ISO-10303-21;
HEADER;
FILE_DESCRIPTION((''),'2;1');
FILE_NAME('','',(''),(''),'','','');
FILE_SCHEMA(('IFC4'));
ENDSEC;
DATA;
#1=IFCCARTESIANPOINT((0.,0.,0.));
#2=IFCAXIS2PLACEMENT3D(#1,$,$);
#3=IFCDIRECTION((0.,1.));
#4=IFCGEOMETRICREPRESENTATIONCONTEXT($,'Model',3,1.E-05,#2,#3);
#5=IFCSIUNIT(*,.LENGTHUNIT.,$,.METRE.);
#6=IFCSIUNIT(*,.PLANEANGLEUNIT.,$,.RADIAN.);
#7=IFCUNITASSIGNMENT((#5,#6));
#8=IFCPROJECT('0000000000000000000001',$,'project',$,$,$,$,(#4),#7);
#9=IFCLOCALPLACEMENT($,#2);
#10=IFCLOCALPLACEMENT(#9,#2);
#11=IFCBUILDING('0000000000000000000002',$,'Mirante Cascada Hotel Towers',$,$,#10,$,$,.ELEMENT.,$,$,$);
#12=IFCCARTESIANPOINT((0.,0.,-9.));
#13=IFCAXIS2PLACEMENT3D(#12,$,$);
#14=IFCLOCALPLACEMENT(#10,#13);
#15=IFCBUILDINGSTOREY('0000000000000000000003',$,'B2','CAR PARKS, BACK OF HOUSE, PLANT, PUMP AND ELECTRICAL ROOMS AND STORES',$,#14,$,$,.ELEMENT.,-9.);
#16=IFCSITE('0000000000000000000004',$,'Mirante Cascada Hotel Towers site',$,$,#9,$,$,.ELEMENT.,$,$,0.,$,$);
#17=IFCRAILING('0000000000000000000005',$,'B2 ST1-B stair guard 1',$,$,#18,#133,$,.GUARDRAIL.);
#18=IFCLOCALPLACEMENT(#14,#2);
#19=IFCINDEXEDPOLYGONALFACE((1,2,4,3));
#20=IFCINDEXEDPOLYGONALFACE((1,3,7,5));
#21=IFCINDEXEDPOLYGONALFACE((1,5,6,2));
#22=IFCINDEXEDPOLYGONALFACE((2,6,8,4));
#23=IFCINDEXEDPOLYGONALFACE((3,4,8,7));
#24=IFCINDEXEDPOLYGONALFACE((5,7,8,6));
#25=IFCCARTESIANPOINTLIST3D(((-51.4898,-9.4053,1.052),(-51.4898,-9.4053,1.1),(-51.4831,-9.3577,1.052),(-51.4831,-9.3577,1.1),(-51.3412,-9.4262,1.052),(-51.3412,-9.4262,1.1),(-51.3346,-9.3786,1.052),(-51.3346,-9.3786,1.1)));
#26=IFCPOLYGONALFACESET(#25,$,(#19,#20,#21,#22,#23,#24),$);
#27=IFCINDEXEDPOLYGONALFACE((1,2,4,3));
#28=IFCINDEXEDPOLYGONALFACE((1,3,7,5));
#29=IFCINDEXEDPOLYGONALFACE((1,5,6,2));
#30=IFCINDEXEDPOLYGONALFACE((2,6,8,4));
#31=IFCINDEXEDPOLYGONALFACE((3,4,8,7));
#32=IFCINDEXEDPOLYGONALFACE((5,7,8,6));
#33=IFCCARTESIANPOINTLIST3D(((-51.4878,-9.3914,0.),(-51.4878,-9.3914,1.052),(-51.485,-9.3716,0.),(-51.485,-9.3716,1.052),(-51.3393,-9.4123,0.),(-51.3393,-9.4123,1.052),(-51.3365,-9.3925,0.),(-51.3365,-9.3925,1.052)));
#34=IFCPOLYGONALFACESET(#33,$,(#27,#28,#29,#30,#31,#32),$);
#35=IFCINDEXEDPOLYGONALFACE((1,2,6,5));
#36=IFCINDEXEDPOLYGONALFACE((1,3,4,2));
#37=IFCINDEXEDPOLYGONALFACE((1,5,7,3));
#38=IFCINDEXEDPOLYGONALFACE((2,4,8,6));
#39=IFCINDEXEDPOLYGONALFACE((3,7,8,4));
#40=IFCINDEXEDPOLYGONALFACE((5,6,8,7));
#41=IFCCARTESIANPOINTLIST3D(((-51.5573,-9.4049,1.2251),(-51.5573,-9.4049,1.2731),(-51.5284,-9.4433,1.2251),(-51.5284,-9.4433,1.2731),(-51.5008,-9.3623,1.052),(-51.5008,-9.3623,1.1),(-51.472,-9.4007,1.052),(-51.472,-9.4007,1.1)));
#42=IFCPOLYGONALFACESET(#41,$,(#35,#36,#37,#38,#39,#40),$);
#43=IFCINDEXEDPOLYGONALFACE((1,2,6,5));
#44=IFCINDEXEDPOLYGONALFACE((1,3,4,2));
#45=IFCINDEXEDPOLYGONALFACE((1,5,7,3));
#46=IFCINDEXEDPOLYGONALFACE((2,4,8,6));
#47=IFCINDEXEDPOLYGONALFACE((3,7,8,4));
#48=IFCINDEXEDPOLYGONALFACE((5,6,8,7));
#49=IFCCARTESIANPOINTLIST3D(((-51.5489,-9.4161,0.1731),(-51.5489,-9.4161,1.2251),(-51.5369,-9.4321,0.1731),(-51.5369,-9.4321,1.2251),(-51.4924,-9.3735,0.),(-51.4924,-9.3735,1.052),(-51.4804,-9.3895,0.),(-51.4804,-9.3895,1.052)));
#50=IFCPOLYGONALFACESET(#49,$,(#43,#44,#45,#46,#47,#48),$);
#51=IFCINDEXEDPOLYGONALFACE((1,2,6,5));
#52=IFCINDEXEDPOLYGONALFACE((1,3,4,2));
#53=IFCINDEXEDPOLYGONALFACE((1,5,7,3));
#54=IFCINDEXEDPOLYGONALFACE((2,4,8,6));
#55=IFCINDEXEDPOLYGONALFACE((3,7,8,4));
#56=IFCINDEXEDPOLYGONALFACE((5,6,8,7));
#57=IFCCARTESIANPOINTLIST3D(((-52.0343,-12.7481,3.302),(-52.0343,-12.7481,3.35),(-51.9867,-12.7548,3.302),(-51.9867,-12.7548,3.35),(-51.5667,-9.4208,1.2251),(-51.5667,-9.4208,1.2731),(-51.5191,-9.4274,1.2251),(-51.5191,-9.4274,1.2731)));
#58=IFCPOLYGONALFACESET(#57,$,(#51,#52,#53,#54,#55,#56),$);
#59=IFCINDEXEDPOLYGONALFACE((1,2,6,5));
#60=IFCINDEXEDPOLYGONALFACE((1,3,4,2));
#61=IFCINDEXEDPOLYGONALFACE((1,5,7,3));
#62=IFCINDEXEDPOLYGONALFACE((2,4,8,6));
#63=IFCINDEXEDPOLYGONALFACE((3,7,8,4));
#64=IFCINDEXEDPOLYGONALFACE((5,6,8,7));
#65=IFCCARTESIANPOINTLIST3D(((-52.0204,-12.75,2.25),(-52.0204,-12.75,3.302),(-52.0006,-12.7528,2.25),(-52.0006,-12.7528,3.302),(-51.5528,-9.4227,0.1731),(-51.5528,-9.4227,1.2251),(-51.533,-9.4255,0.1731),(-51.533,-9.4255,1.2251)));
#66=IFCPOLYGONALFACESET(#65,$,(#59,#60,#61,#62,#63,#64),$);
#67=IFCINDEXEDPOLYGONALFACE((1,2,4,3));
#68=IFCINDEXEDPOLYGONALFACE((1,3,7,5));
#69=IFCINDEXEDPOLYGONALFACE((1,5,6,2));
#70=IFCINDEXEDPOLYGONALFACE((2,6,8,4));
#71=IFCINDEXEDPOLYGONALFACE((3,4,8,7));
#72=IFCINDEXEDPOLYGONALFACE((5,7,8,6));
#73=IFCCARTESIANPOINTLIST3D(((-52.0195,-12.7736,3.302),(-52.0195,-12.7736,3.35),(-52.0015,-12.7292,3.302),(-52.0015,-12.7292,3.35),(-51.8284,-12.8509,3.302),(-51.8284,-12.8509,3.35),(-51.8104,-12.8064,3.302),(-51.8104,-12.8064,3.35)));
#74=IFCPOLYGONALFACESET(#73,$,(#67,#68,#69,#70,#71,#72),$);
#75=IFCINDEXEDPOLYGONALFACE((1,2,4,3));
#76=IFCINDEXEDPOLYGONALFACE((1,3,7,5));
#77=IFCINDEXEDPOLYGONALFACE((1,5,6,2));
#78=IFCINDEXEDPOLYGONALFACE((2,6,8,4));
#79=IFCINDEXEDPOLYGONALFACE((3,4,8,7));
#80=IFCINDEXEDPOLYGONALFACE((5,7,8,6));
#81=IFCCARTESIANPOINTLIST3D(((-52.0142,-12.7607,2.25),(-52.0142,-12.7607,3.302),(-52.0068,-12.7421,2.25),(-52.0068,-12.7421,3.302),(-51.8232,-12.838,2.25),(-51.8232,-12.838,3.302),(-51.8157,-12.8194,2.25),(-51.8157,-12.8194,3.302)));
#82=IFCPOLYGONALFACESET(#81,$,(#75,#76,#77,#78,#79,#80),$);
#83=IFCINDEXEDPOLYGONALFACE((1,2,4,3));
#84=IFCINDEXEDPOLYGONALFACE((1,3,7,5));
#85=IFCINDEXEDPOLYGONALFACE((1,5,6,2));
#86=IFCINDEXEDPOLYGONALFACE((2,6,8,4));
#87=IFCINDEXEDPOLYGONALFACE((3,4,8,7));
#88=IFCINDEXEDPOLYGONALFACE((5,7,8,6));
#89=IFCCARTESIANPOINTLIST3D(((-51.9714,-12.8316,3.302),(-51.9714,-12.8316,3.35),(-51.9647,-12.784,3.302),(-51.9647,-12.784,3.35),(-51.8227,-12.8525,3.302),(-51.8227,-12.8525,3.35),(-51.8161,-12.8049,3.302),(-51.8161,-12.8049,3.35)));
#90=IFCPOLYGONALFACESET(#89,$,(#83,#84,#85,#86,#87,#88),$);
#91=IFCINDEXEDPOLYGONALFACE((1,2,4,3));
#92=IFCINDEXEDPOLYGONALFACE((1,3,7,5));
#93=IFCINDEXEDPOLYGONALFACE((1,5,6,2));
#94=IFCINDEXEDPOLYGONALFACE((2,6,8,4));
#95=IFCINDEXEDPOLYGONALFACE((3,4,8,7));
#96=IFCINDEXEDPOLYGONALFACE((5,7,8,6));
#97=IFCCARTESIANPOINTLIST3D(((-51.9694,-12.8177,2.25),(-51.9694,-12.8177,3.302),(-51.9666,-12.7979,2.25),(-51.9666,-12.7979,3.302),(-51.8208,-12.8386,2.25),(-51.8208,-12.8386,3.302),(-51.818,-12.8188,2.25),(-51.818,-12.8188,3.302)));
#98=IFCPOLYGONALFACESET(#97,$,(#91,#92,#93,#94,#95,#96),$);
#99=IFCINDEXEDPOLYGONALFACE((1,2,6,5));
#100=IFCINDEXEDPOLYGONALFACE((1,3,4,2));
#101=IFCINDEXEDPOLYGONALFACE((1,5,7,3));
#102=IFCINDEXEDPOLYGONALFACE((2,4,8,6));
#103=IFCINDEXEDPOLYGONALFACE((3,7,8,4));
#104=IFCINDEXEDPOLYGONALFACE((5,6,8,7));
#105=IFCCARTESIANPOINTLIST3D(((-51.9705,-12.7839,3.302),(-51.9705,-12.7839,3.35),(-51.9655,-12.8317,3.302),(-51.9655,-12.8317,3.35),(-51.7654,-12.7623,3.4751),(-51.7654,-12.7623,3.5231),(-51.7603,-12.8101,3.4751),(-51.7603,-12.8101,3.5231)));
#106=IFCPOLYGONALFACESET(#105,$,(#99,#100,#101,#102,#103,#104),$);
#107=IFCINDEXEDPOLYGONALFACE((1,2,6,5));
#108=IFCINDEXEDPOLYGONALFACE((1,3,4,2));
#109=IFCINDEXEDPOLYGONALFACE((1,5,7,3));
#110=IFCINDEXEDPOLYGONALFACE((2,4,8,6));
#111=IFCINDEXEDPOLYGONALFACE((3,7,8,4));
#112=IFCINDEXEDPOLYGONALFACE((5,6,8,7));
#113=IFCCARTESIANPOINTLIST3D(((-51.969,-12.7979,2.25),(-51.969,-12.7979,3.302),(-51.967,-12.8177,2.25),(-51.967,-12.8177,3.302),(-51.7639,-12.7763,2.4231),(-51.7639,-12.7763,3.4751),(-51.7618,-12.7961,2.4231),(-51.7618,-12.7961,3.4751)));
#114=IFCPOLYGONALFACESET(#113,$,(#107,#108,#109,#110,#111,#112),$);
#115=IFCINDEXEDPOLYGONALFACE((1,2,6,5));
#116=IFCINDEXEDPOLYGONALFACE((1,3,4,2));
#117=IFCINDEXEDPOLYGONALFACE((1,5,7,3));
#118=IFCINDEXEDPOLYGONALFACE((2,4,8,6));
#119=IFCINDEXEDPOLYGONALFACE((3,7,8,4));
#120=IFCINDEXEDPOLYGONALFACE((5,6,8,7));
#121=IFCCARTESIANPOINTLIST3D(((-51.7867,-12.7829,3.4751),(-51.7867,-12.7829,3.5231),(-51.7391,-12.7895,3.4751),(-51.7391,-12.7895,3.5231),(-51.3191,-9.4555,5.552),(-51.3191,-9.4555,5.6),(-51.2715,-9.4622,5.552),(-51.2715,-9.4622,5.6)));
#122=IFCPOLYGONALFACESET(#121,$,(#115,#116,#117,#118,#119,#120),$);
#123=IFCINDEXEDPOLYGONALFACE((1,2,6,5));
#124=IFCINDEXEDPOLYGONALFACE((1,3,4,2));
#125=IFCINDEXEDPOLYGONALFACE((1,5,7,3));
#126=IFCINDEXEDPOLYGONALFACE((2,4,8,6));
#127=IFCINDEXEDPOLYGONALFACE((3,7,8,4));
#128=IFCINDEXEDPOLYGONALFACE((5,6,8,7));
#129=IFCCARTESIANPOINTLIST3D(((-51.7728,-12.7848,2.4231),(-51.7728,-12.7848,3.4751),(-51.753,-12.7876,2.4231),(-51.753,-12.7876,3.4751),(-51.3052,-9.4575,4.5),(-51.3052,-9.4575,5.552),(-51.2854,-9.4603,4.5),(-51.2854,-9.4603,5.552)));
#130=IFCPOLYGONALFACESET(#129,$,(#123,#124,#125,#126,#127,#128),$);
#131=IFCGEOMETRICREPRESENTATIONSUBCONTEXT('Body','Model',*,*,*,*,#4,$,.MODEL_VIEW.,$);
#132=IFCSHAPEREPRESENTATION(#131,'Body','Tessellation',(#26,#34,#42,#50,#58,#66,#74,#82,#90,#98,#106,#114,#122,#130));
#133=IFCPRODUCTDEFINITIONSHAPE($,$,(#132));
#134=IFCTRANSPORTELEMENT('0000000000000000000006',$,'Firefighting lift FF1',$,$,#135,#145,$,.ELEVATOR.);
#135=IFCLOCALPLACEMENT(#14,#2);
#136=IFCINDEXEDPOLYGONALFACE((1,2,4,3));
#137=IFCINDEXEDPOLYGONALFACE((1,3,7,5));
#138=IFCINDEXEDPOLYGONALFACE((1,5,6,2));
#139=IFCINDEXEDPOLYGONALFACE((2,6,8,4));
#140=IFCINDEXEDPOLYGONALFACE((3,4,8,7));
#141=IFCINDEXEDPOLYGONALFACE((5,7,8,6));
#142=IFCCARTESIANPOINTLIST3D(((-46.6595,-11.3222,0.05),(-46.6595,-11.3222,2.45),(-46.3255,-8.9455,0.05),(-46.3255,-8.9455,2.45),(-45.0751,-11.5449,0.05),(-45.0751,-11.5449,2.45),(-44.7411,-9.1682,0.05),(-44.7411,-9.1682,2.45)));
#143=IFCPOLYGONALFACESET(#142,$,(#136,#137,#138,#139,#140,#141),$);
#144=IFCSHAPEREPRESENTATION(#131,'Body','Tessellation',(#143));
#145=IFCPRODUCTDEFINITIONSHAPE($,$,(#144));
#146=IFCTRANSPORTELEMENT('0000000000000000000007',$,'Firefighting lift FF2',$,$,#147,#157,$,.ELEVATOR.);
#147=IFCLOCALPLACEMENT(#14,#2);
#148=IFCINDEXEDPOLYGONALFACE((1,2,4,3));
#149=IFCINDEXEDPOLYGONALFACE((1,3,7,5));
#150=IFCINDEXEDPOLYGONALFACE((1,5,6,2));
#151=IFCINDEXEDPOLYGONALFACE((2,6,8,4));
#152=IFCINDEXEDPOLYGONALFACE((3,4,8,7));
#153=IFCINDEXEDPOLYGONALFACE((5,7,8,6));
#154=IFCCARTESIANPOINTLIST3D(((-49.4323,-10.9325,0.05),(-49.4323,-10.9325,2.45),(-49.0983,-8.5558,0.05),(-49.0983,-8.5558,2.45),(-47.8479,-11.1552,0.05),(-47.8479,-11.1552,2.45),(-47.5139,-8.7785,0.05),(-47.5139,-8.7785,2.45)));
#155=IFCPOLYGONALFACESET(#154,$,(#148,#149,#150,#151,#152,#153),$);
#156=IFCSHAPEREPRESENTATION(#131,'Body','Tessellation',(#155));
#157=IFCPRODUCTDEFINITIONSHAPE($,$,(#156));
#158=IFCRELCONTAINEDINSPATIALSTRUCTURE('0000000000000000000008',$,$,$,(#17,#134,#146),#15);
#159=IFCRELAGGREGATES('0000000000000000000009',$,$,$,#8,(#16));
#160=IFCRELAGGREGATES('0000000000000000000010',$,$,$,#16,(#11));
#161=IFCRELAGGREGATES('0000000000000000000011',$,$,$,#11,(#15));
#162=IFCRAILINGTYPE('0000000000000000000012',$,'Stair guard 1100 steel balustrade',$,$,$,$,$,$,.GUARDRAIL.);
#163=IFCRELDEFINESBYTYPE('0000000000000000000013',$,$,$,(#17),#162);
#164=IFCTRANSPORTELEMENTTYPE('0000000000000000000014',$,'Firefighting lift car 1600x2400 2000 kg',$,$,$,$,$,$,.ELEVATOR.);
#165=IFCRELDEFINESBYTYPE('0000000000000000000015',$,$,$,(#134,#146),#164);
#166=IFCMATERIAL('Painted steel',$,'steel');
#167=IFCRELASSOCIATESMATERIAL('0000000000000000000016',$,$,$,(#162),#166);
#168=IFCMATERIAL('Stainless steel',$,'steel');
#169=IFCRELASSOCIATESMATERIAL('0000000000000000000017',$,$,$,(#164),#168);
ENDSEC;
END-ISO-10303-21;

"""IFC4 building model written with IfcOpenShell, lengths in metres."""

from ifc_helpers import new_model, si_unit, direction, frame, origin, origin_2d, place, context, subcontext, project, spatial, rectangle, extrude, material, type_object, element, save


model = new_model("IFC4")

# Units and contexts
model_context = context("Model", 3, precision=1e-05, world=origin(), true_north=direction((0.0, 1.0)))
body_context = subcontext(model_context, "Body", "Model", "MODEL_VIEW")
ifc_project = project(units=[si_unit("LENGTHUNIT", "METRE"), si_unit("PLANEANGLEUNIT", "RADIAN")], contexts=[model_context])

# Site, building, storey
site_placement = place(None, origin())
site = spatial("IfcSite", under=ifc_project, at=site_placement, Name="Mirante Cascada Hotel Towers site", CompositionType="ELEMENT", RefElevation=0.0)
building_placement = place(site_placement, origin())
building = spatial("IfcBuilding", under=site, at=building_placement, Name="Mirante Cascada Hotel Towers", CompositionType="ELEMENT")
storey_placement = place(building_placement, frame((0.0, 0.0, -9.0)))
storey = spatial("IfcBuildingStorey", under=building, at=storey_placement, Name="B2", Description="CAR PARKS, BACK OF HOUSE, PLANT, PUMP AND ELECTRICAL ROOMS AND STORES", CompositionType="ELEMENT", Elevation=-9.0)

# Railing
ifc_material_1 = material(Name="Painted steel", Category="steel")
railing_type = type_object("IfcRailingType", Name="Stair guard 1100 steel balustrade", PredefinedType="GUARDRAIL", material=ifc_material_1)
railing_placement = place(storey_placement, frame((-51.3379, -9.4024, 0.0)))
element("IfcRailing", 1, at=railing_placement, inside=storey, type_object=railing_type, Name="B2 ST1-B stair guard 1", PredefinedType="GUARDRAIL", context=body_context, shape_type="SweptSolid", body=[
    extrude(rectangle(XDim=0.048, YDim=0.048, at=origin_2d()), frame((0.0, 0.0, 1.076), z_axis=(-0.990241, 0.139367, 0.0), x_axis=(-0.139367, -0.990241, 0.0)), (0.0, 0.0, 1.0), 0.15),
    extrude(rectangle(XDim=0.02, YDim=1.052, at=origin_2d()), frame((0.0, 0.0, 0.526), z_axis=(-0.990241, 0.139367, 0.0), x_axis=(-0.139367, -0.990241, 0.0)), (0.0, 0.0, 1.0), 0.15),
    extrude(rectangle(XDim=0.048, YDim=0.048, at=origin_2d()), frame((-0.1485, 0.0209, 1.076), z_axis=(-0.798471, -0.602033, 0.0), x_axis=(0.602033, -0.798471, 0.0)), (0.0, 0.925647, 0.378388), 0.187),
    extrude(rectangle(XDim=0.02, YDim=1.052, at=origin_2d()), frame((-0.1485, 0.0209, 0.526), z_axis=(-0.798471, -0.602033, 0.0), x_axis=(0.602033, -0.798471, 0.0)), (0.0, 0.925647, 0.378388), 0.187),
    extrude(rectangle(XDim=0.048, YDim=0.048, at=origin_2d()), frame((-0.205, -0.0217, 1.2491), z_axis=(-0.139167, -0.990269, 0.0), x_axis=(0.990269, -0.139167, 0.0)), (0.0, 0.525787, 0.850616), 3.9501),
    extrude(rectangle(XDim=0.02, YDim=1.052, at=origin_2d()), frame((-0.205, -0.0217, 0.6991), z_axis=(-0.139167, -0.990269, 0.0), x_axis=(0.990269, -0.139167, 0.0)), (0.0, 0.525787, 0.850616), 3.9501),
    extrude(rectangle(XDim=0.048, YDim=0.048, at=origin_2d()), frame((-0.6726, -3.349, 3.326), z_axis=(0.927031, -0.374984, 0.0), x_axis=(0.374984, 0.927031, 0.0)), (0.0, 0.0, 1.0), 0.2061),
    extrude(rectangle(XDim=0.02, YDim=1.052, at=origin_2d()), frame((-0.6726, -3.349, 2.776), z_axis=(0.927031, -0.374984, 0.0), x_axis=(0.374984, 0.927031, 0.0)), (0.0, 0.0, 1.0), 0.2061),
    extrude(rectangle(XDim=0.048, YDim=0.048, at=origin_2d()), frame((-0.4815, -3.4263, 3.326), z_axis=(-0.990254, 0.139275, 0.0), x_axis=(-0.139275, -0.990254, 0.0)), (0.0, 0.0, 1.0), 0.1501),
    extrude(rectangle(XDim=0.02, YDim=1.052, at=origin_2d()), frame((-0.4815, -3.4263, 2.776), z_axis=(-0.990254, 0.139275, 0.0), x_axis=(-0.139275, -0.990254, 0.0)), (0.0, 0.0, 1.0), 0.1501),
    extrude(rectangle(XDim=0.048, YDim=0.048, at=origin_2d()), frame((-0.6301, -3.4054, 3.326), z_axis=(0.9945, 0.104735, 0.0), x_axis=(-0.104735, 0.9945, 0.0)), (0.0, 0.642894, 0.765955), 0.2693),
    extrude(rectangle(XDim=0.02, YDim=1.052, at=origin_2d()), frame((-0.6301, -3.4054, 2.776), z_axis=(0.9945, 0.104735, 0.0), x_axis=(-0.104735, 0.9945, 0.0)), (0.0, 0.642894, 0.765955), 0.2693),
    extrude(rectangle(XDim=0.048, YDim=0.048, at=origin_2d()), frame((-0.425, -3.3838, 3.4991), z_axis=(0.139167, 0.990269, 0.0), x_axis=(-0.990269, 0.139167, 0.0)), (0.0, 0.525787, 0.850616), 3.9501),
    extrude(rectangle(XDim=0.02, YDim=1.052, at=origin_2d()), frame((-0.425, -3.3838, 2.9491), z_axis=(0.139167, 0.990269, 0.0), x_axis=(-0.990269, 0.139167, 0.0)), (0.0, 0.525787, 0.850616), 3.9501),
])

# Transport elements
ifc_material_2 = material(Name="Stainless steel", Category="steel")
transport_element_type = type_object("IfcTransportElementType", Name="Firefighting lift car 1600x2400 2000 kg", PredefinedType="ELEVATOR", material=ifc_material_2)
for number, where, z_axis, x_axis, name in (
    (2, (-45.7003, -10.2452, 0.05), (0.0, 0.0, 1.0), (-0.990268, 0.139173, 0.0), "Firefighting lift FF1"),
    (3, (-48.4731, -9.8555, 0.05), (0.0, 0.0, 1.0), (-0.990268, 0.139173, 0.0), "Firefighting lift FF2"),
):
    element("IfcTransportElement", number, at=place(storey_placement, frame(where, z_axis=z_axis, x_axis=x_axis)), inside=storey, type_object=transport_element_type, Name=name, PredefinedType="ELEVATOR", context=body_context, shape_type="SweptSolid", body=[
        extrude(rectangle(XDim=1.6, YDim=2.4, at=origin_2d()), origin(), (0.0, 0.0, 1.0), 2.4),
    ])

save(model, "model.ifc")
